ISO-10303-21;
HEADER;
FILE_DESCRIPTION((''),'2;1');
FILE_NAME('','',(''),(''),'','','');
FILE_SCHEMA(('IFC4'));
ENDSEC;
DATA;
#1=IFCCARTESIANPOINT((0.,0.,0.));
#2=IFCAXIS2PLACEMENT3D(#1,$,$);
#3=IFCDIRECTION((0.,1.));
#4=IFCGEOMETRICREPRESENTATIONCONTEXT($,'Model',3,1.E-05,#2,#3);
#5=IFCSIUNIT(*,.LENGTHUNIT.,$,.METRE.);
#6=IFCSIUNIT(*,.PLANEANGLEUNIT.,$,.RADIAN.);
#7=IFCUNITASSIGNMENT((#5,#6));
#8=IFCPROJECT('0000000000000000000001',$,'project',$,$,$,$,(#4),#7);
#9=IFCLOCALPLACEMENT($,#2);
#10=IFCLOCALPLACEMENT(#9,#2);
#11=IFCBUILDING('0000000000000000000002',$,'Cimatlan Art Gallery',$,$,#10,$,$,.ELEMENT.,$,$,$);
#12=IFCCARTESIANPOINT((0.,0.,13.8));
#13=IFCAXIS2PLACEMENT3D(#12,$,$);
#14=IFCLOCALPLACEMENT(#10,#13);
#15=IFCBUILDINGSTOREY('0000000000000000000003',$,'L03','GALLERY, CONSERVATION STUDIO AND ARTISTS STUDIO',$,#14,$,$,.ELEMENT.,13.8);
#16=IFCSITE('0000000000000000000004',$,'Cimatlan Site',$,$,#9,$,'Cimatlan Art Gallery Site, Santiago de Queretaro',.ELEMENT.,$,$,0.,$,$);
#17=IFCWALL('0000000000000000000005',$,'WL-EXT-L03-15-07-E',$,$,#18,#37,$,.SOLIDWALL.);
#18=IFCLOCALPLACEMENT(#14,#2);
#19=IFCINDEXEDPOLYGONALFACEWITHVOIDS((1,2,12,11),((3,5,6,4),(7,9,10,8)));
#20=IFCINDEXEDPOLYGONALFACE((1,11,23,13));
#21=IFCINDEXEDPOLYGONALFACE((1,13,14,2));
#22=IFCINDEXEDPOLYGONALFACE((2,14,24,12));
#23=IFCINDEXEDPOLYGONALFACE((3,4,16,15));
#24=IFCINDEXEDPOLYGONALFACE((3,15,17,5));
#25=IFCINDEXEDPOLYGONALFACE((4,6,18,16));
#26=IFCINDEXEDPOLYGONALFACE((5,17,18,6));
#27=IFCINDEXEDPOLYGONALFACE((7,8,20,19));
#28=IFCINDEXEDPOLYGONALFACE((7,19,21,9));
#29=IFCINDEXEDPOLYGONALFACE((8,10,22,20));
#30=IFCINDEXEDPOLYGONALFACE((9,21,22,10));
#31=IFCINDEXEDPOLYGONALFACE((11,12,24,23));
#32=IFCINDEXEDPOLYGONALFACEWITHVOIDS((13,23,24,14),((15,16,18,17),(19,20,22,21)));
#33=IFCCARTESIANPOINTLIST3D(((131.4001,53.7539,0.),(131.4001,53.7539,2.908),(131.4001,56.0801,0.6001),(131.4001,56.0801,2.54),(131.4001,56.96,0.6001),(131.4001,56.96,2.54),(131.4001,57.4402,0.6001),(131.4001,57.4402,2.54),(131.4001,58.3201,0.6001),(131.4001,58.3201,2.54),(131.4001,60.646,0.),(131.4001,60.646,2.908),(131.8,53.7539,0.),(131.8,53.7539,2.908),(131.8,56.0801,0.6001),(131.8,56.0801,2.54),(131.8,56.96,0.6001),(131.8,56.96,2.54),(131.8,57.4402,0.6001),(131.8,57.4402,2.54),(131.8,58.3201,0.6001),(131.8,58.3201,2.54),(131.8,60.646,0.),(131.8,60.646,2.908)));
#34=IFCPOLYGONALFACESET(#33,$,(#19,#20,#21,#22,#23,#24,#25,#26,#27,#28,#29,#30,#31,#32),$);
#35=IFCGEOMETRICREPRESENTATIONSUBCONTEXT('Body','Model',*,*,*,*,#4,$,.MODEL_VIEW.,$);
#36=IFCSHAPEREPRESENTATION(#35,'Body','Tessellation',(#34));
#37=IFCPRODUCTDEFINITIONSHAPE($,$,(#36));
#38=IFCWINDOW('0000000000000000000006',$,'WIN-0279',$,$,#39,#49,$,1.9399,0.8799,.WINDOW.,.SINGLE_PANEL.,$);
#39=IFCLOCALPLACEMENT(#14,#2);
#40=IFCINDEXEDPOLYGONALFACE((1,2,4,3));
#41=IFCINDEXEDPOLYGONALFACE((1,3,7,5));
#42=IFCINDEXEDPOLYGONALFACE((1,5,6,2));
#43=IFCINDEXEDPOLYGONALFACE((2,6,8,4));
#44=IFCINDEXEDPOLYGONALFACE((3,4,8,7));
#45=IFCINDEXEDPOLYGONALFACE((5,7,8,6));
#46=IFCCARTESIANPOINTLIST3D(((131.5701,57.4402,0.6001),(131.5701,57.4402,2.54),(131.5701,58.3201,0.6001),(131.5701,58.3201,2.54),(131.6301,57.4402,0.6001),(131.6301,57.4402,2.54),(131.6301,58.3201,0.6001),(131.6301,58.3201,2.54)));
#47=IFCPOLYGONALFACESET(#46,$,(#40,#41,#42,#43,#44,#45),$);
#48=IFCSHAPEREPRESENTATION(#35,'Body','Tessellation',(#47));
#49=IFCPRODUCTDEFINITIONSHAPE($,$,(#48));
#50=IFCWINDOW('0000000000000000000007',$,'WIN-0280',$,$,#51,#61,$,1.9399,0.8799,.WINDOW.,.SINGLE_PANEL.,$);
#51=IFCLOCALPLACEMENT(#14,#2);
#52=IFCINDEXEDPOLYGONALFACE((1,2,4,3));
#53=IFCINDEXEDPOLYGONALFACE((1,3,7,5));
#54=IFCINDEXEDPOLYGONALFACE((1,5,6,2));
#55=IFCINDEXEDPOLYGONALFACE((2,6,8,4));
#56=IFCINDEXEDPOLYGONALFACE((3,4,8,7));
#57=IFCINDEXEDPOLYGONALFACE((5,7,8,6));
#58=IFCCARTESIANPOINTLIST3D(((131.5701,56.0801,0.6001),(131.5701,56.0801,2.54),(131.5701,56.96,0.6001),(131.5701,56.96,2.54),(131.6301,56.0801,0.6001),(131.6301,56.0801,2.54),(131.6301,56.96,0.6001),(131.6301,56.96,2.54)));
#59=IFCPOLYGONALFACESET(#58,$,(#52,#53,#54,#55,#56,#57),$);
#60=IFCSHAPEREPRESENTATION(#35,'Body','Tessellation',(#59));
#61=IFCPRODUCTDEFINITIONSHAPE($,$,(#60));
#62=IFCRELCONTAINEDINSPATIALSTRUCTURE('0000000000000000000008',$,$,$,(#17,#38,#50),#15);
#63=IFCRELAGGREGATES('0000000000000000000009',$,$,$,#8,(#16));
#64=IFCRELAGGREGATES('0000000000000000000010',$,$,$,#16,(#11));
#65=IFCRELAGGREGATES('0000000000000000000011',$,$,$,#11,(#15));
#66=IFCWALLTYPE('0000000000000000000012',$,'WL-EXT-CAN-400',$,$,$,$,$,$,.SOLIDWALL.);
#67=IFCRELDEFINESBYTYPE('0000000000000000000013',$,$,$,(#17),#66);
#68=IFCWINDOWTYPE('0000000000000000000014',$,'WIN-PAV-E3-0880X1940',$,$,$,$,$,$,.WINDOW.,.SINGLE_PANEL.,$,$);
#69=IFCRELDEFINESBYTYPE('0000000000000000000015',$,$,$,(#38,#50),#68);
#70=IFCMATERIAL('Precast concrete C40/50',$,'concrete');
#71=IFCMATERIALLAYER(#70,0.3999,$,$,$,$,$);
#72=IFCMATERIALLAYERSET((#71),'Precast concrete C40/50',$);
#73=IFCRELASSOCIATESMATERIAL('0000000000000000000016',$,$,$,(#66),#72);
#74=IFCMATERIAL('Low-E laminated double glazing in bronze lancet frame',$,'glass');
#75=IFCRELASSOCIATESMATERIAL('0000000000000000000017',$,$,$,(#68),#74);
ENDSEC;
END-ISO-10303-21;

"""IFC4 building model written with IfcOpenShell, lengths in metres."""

from ifc_helpers import new_model, si_unit, direction, frame, frame_2d, origin, place, context, subcontext, project, spatial, rectangle, extrude, material, layer, layer_set, type_object, element, fill, save


model = new_model("IFC4")

# Units and contexts
model_context = context("Model", 3, precision=1e-05, world=origin(), true_north=direction((0.0, 1.0)))
body_context = subcontext(model_context, "Body", "Model", "MODEL_VIEW")
ifc_project = project(units=[si_unit("LENGTHUNIT", "METRE"), si_unit("PLANEANGLEUNIT", "RADIAN")], contexts=[model_context])

# Site, building, storey
site_placement = place(None, origin())
site = spatial("IfcSite", under=ifc_project, at=site_placement, Name="Cimatlan Site", LongName="Cimatlan Art Gallery Site, Santiago de Queretaro", CompositionType="ELEMENT", RefElevation=0.0)
building_placement = place(site_placement, origin())
building = spatial("IfcBuilding", under=site, at=building_placement, Name="Cimatlan Art Gallery", CompositionType="ELEMENT")
storey_placement = place(building_placement, frame((0.0, 0.0, 13.8)))
storey = spatial("IfcBuildingStorey", under=building, at=storey_placement, Name="L03", Description="GALLERY, CONSERVATION STUDIO AND ARTISTS STUDIO", CompositionType="ELEMENT", Elevation=13.8)

# Wall, openings, windows
ifc_material_1 = material(Name="Precast concrete C40/50", Category="concrete")
ifc_layer_1 = layer(ifc_material_1, 0.3999)
ifc_layer_set_1 = layer_set([ifc_layer_1], Name="Precast concrete C40/50")
wall_type_1 = type_object("IfcWallType", Name="WL-EXT-CAN-400", PredefinedType="SOLIDWALL", material=ifc_layer_set_1)
wall_1_placement = place(storey_placement, frame((131.6001, 60.646, 0.0), z_axis=(0.0, 0.0, 1.0), x_axis=(0.0, -1.0, 0.0)))
wall_1 = element("IfcWall", 1, at=wall_1_placement, inside=storey, type_object=wall_type_1, Name="WL-EXT-L03-15-07-E", PredefinedType="SOLIDWALL", context=body_context, shape_type="SweptSolid", body=[
    extrude(rectangle(XDim=6.8921, YDim=0.3999, at=frame_2d((3.446, 0.0))), origin(), (0.0, 0.0, 1.0), 2.908),
])
opening_1_placement = place(wall_1_placement, frame((2.3259, 0.0, 0.6001)))
opening_1 = element("IfcOpeningElement", 2, at=opening_1_placement, cuts=wall_1, PredefinedType="OPENING", context=body_context, shape_type="SweptSolid", body=[
    extrude(rectangle(XDim=0.8799, YDim=1.9399, at=frame_2d((0.4399, 0.97))), frame((0.0, 0.21, 0.0), z_axis=(0.0, -1.0, 0.0), x_axis=(1.0, 0.0, 0.0)), (0.0, 0.0, 1.0), 0.4199),
])
opening_2_placement = place(wall_1_placement, frame((3.686, 0.0, 0.6001)))
opening_2 = element("IfcOpeningElement", 3, at=opening_2_placement, cuts=wall_1, PredefinedType="OPENING", context=body_context, shape_type="SweptSolid", body=[
    extrude(rectangle(XDim=0.8799, YDim=1.9399, at=frame_2d((0.4399, 0.97))), frame((0.0, 0.21, 0.0), z_axis=(0.0, -1.0, 0.0), x_axis=(1.0, 0.0, 0.0)), (0.0, 0.0, 1.0), 0.4199),
])
ifc_material_2 = material(Name="Low-E laminated double glazing in bronze lancet frame", Category="glass")
window_type = type_object("IfcWindowType", Name="WIN-PAV-E3-0880X1940", PartitioningType="SINGLE_PANEL", PredefinedType="WINDOW", material=ifc_material_2)
window_1_placement = place(opening_1_placement, origin())
window_1 = element("IfcWindow", 4, at=window_1_placement, inside=storey, type_object=window_type, Name="WIN-0279", OverallHeight=1.9399, OverallWidth=0.8799, PartitioningType="SINGLE_PANEL", PredefinedType="WINDOW", context=body_context, shape_type="SweptSolid", body=[
    extrude(rectangle(XDim=0.8799, YDim=1.9399, at=frame_2d((0.4399, 0.97))), frame((0.0, 0.03, 0.0), z_axis=(0.0, -1.0, 0.0), x_axis=(1.0, 0.0, 0.0)), (0.0, 0.0, 1.0), 0.0601),
])
fill(opening_1, window_1)
window_2_placement = place(opening_2_placement, origin())
window_2 = element("IfcWindow", 5, at=window_2_placement, inside=storey, type_object=window_type, Name="WIN-0280", OverallHeight=1.9399, OverallWidth=0.8799, PartitioningType="SINGLE_PANEL", PredefinedType="WINDOW", context=body_context, shape_type="SweptSolid", body=[
    extrude(rectangle(XDim=0.8799, YDim=1.9399, at=frame_2d((0.4399, 0.97))), frame((0.0, 0.03, 0.0), z_axis=(0.0, -1.0, 0.0), x_axis=(1.0, 0.0, 0.0)), (0.0, 0.0, 1.0), 0.0601),
])
fill(opening_2, window_2)

save(model, "model.ifc")
